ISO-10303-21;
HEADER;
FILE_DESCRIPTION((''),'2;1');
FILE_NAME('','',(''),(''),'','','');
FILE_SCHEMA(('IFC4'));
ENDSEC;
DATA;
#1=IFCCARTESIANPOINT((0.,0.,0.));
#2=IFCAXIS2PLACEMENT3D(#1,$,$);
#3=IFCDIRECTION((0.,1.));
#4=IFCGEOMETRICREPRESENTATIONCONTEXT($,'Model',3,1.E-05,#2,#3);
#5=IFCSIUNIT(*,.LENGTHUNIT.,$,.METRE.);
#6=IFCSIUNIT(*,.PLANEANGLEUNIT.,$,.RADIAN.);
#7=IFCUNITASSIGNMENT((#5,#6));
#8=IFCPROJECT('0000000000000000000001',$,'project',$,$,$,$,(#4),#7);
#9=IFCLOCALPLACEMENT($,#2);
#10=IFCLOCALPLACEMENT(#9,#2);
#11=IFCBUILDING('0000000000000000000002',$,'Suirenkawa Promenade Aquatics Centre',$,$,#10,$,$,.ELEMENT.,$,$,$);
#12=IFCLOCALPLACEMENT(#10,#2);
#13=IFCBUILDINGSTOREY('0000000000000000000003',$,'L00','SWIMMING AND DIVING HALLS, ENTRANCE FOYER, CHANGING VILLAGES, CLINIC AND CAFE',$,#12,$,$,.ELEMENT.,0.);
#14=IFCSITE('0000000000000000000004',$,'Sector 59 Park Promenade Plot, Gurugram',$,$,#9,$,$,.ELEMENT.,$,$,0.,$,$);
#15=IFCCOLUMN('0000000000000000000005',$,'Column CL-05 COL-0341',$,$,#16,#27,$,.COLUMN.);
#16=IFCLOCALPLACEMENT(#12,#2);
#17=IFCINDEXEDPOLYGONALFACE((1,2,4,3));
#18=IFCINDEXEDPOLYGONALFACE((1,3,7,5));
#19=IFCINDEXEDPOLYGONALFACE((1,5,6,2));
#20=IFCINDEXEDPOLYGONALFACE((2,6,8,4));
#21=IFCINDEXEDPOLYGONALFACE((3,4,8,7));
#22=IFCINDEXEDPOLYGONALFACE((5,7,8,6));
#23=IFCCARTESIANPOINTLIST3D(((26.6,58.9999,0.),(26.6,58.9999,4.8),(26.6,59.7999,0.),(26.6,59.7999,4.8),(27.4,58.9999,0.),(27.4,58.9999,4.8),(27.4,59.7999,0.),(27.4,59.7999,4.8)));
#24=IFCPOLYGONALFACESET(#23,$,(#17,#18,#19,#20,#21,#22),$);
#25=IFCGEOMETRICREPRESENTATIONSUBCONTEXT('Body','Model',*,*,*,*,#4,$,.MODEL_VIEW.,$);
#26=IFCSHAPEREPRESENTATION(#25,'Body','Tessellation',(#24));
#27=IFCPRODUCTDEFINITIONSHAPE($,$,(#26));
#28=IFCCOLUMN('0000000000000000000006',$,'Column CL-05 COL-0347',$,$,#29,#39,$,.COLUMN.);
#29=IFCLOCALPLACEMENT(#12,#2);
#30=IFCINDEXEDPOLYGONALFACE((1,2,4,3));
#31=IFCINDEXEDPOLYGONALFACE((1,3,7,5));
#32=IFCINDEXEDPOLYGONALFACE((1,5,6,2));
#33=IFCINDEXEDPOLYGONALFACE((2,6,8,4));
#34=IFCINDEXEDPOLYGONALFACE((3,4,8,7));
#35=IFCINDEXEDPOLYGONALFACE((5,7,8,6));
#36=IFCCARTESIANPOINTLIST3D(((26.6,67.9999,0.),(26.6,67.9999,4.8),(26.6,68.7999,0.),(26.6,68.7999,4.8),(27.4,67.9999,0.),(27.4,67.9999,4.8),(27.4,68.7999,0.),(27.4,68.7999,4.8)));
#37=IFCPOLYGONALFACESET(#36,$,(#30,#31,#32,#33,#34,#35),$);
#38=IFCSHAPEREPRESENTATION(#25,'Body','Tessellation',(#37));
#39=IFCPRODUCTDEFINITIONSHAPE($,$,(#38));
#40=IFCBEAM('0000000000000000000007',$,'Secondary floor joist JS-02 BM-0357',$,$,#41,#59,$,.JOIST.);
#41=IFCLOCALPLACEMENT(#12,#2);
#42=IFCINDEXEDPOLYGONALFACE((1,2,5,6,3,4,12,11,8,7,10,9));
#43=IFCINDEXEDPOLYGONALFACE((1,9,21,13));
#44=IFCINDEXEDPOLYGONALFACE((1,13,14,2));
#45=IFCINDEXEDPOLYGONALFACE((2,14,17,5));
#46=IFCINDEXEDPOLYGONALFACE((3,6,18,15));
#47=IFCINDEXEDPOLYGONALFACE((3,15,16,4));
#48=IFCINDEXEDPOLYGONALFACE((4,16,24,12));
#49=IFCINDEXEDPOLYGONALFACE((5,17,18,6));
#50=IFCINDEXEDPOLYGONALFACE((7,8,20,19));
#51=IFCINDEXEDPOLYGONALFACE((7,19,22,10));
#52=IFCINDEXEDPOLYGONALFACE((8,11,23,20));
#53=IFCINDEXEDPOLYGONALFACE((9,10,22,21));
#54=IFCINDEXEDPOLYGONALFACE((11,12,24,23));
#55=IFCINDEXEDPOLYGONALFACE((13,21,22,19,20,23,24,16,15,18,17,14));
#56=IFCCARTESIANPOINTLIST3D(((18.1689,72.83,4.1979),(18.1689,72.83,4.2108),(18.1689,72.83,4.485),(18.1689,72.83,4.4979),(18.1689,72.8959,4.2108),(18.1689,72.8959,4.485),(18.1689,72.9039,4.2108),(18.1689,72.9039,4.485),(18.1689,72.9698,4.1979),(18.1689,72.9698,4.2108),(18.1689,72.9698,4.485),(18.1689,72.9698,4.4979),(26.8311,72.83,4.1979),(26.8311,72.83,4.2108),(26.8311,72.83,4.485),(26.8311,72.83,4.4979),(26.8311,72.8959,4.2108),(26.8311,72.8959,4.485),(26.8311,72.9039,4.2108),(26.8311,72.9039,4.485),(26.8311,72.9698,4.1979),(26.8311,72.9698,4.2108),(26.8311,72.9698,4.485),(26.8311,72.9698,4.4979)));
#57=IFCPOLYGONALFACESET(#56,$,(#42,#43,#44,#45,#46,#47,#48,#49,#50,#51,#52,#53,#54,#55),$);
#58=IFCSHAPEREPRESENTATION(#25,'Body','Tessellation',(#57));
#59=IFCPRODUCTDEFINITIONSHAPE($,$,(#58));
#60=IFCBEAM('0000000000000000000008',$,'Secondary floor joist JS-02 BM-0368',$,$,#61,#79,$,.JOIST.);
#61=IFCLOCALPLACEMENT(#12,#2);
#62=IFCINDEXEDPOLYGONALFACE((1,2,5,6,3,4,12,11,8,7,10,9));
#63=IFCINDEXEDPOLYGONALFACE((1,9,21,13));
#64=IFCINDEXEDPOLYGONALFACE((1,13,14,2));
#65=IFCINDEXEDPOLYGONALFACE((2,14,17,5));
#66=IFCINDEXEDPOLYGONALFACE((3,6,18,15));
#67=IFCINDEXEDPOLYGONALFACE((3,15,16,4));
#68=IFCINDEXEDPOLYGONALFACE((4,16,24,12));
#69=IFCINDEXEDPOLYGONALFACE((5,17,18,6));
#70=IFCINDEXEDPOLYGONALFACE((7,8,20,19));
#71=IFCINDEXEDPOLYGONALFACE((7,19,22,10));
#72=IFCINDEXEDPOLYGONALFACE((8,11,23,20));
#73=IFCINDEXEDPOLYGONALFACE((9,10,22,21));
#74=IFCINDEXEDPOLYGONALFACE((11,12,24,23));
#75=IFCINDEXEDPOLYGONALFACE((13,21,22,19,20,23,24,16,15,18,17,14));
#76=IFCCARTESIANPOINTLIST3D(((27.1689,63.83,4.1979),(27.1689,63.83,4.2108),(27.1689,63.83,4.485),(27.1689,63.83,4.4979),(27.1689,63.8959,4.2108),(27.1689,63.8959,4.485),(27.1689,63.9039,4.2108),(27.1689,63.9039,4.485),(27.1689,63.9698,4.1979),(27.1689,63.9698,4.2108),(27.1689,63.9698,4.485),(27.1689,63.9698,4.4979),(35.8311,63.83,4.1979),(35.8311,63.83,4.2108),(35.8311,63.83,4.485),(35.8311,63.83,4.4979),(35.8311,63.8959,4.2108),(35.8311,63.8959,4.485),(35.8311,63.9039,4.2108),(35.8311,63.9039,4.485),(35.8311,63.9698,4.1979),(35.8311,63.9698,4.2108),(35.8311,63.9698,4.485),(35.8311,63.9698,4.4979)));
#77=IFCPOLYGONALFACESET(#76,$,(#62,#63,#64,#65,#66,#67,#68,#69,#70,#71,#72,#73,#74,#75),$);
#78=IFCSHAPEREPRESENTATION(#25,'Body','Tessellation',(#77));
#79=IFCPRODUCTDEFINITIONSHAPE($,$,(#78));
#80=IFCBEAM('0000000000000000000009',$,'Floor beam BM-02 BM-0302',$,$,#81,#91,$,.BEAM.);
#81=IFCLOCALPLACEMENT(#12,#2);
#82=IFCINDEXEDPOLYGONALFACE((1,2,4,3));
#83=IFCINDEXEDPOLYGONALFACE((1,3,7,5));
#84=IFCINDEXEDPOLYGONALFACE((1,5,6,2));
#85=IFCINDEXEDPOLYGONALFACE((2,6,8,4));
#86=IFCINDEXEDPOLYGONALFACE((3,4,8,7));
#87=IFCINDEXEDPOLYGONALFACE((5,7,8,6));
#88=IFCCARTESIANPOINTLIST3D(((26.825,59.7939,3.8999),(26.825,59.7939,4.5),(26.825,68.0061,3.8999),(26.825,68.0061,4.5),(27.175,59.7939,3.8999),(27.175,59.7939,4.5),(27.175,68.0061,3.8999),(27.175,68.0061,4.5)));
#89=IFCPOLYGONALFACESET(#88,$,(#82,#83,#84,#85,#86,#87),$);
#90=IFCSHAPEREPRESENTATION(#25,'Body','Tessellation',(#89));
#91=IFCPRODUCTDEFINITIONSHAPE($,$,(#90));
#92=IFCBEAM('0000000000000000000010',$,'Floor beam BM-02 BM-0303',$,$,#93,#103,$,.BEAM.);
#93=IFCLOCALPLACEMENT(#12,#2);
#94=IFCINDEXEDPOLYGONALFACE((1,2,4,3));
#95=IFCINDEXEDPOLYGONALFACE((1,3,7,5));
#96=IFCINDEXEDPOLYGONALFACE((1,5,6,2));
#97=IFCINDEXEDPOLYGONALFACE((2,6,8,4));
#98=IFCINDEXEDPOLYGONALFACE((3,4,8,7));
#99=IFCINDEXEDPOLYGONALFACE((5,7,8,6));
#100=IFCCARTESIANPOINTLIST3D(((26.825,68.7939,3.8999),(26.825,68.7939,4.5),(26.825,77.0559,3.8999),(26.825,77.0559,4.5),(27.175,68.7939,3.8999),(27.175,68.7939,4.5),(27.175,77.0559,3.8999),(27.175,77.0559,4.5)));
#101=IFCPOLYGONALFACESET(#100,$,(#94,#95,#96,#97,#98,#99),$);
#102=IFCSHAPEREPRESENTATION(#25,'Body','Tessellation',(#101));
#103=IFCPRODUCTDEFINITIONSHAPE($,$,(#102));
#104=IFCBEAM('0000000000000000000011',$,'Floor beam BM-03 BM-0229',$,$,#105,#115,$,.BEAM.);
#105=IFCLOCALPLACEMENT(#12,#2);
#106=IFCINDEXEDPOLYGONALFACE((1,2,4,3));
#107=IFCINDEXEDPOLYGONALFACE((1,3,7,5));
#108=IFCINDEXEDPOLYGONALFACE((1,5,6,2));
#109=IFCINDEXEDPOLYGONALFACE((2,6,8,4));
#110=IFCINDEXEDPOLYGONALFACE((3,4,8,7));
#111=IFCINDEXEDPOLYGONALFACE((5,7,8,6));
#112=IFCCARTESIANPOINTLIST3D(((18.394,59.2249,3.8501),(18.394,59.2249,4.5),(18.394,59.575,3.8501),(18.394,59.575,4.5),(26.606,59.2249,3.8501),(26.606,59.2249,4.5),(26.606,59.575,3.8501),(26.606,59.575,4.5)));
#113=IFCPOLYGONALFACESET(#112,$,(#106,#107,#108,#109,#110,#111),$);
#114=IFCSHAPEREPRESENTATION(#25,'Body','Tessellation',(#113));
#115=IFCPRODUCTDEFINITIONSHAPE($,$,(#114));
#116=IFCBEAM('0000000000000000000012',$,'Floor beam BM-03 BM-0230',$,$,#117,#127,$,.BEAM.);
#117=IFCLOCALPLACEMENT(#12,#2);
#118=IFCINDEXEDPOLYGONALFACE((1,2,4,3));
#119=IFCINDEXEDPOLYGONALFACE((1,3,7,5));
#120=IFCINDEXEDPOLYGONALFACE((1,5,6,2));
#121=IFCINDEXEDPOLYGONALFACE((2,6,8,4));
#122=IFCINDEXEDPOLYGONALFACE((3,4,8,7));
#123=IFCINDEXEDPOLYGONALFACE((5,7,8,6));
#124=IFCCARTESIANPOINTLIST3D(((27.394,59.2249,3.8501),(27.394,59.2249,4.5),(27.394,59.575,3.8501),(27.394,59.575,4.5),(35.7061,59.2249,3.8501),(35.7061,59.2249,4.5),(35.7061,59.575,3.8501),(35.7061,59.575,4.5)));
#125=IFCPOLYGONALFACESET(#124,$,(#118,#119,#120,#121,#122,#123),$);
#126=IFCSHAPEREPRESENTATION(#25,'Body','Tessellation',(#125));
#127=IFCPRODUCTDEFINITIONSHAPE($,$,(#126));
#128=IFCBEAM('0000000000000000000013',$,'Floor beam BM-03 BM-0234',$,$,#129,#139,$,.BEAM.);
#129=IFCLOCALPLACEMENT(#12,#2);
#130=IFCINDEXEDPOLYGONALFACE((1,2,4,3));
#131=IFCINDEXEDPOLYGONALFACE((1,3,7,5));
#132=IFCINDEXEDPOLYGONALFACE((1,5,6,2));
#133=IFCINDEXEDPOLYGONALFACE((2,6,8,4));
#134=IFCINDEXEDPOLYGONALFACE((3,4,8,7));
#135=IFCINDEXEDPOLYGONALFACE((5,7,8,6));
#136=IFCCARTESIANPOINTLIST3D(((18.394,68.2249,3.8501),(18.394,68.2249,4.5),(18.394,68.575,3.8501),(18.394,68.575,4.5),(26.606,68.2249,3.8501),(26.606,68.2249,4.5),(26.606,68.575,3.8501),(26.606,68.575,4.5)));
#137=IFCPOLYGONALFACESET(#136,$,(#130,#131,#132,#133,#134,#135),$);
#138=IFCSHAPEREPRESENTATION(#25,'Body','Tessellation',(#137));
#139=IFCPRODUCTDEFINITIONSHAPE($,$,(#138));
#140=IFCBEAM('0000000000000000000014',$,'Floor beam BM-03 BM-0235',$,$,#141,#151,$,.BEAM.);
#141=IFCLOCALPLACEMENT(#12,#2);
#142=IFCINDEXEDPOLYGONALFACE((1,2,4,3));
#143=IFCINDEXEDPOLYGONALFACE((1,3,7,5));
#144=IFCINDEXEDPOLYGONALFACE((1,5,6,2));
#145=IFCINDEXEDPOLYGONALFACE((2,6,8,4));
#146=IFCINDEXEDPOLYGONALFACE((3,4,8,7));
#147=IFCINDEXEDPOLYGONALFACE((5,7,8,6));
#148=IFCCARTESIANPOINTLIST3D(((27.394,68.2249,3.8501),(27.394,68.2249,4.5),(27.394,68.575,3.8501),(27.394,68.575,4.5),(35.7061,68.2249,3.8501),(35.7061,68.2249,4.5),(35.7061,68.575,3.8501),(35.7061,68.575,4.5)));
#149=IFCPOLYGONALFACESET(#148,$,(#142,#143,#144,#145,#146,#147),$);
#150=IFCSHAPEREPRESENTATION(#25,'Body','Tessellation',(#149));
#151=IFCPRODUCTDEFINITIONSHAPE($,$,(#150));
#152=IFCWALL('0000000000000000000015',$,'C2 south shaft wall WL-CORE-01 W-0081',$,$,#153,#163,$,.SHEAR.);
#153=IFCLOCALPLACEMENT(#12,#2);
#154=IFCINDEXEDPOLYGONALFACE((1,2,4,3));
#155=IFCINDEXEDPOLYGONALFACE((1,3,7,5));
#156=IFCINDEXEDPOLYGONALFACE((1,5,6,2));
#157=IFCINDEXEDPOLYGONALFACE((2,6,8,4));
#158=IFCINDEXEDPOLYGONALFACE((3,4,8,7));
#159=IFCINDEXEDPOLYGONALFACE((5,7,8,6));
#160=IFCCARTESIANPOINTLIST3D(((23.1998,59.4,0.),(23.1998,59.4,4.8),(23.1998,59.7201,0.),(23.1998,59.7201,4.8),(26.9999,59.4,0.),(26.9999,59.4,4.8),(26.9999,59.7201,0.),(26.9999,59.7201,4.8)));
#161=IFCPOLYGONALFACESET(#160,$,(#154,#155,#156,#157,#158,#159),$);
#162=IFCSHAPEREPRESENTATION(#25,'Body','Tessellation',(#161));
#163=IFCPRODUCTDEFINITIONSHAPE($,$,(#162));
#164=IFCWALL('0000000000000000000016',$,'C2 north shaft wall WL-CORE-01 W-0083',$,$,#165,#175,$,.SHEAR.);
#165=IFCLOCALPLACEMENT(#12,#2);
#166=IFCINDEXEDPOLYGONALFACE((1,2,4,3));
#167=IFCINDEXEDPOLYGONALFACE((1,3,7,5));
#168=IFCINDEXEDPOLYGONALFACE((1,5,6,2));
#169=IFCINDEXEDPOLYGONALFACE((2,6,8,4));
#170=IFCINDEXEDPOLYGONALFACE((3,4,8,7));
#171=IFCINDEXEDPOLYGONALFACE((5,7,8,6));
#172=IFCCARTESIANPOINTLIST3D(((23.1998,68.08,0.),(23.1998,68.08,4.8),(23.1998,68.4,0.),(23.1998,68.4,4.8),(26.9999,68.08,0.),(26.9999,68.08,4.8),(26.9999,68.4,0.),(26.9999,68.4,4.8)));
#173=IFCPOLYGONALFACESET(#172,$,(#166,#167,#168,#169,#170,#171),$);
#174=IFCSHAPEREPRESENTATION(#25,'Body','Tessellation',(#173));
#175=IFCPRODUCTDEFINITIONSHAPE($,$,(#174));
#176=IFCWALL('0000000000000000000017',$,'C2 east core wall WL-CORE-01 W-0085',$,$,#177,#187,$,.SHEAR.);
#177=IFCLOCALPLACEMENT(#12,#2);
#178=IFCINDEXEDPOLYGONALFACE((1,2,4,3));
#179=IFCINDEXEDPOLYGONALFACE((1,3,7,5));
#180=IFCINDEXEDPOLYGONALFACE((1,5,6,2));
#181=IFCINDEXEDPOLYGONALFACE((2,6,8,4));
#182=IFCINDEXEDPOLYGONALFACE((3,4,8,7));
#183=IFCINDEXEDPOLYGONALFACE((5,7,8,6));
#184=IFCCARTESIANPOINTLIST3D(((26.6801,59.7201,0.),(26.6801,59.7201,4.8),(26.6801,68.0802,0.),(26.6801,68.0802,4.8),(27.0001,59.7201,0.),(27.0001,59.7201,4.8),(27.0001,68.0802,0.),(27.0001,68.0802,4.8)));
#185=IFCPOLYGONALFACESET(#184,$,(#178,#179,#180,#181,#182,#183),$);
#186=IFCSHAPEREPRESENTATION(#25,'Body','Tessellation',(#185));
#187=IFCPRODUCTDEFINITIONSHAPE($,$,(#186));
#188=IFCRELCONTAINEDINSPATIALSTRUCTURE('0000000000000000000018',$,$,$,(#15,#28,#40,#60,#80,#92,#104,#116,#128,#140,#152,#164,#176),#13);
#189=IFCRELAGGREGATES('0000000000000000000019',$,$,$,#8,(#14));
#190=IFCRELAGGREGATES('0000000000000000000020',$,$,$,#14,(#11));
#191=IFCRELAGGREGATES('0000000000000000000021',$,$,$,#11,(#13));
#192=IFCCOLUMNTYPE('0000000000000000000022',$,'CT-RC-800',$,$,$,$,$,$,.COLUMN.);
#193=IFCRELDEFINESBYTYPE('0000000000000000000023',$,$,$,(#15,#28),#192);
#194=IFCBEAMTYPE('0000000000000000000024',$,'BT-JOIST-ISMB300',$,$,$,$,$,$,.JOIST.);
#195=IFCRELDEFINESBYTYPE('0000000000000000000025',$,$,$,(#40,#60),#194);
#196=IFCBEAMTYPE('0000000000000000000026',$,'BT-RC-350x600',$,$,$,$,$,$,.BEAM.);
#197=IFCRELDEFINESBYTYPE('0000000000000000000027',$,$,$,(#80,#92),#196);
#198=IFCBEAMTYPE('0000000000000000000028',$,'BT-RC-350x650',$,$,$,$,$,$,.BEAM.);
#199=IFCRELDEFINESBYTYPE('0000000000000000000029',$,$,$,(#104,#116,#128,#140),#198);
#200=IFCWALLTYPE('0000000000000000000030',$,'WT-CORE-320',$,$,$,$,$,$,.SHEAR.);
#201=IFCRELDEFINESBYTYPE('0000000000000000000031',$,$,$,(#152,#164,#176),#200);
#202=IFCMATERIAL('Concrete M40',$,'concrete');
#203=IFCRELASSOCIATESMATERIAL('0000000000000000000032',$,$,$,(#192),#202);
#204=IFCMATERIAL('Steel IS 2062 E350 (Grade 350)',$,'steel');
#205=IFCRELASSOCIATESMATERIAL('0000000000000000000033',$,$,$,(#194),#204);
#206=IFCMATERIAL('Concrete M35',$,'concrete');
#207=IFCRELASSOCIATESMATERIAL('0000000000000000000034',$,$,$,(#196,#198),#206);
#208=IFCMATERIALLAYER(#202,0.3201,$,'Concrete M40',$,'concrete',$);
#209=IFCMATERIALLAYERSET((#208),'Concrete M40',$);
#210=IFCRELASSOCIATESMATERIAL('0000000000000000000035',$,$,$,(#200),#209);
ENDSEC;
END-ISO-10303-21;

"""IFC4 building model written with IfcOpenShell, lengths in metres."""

from ifc_helpers import new_model, si_unit, direction, frame, frame_2d, origin, origin_2d, place, context, subcontext, project, spatial, rectangle, i_section, extrude, material, layer, layer_set, material_profile, profile_set, type_object, element, save


model = new_model("IFC4")

# Units and contexts
model_context = context("Model", 3, precision=1e-05, world=origin(), true_north=direction((0.0, 1.0)))
body_context = subcontext(model_context, "Body", "Model", "MODEL_VIEW")
ifc_project = project(units=[si_unit("LENGTHUNIT", "METRE"), si_unit("PLANEANGLEUNIT", "RADIAN")], contexts=[model_context])

# Site, building, storey
site_placement = place(None, origin())
site = spatial("IfcSite", under=ifc_project, at=site_placement, Name="Sector 59 Park Promenade Plot, Gurugram", CompositionType="ELEMENT", RefElevation=0.0)
building_placement = place(site_placement, origin())
building = spatial("IfcBuilding", under=site, at=building_placement, Name="Suirenkawa Promenade Aquatics Centre", CompositionType="ELEMENT")
storey_placement = place(building_placement, origin())
storey = spatial("IfcBuildingStorey", under=building, at=storey_placement, Name="L00", Description="SWIMMING AND DIVING HALLS, ENTRANCE FOYER, CHANGING VILLAGES, CLINIC AND CAFE", CompositionType="ELEMENT", Elevation=0.0)

# Columns
ifc_material_1 = material(Name="Concrete M40", Category="concrete")
ifc_material_profile_1 = material_profile(ifc_material_1, rectangle(XDim=0.8, YDim=0.8, at=origin_2d()), Name="RC COL 800x800", Category="concrete")
ifc_profile_set_1 = profile_set([ifc_material_profile_1], Name="Concrete M40")
column_type = type_object("IfcColumnType", Name="CT-RC-800", PredefinedType="COLUMN", material=ifc_profile_set_1)
for number, where, z_axis, x_axis, name in (
    (1, (27.0, 59.3999, 0.0), (0.0, 0.0, 1.0), (1.0, 0.0, 0.0), "Column CL-05 COL-0341"),
    (2, (27.0, 68.3999, 0.0), (0.0, 0.0, 1.0), (1.0, 0.0, 0.0), "Column CL-05 COL-0347"),
):
    element("IfcColumn", number, at=place(storey_placement, frame(where, z_axis=z_axis, x_axis=x_axis)), inside=storey, type_object=column_type, Name=name, PredefinedType="COLUMN", context=body_context, shape_type="SweptSolid", body=[
        extrude(rectangle(XDim=0.8, YDim=0.8, at=origin_2d()), origin(), (0.0, 0.0, 1.0), 4.8),
    ])

# Beams
ifc_material_2 = material(Name="Steel IS 2062 E350 (Grade 350)", Category="steel")
ifc_material_profile_2 = material_profile(ifc_material_2, i_section(OverallWidth=0.1399, OverallDepth=0.3, WebThickness=0.0081, FlangeThickness=0.0129, at=origin_2d()), Name="ISMB 300", Category="steel")
ifc_profile_set_2 = profile_set([ifc_material_profile_2], Name="Steel IS 2062 E350 (Grade 350)")
beam_type_1 = type_object("IfcBeamType", Name="BT-JOIST-ISMB300", PredefinedType="JOIST", material=ifc_profile_set_2)
for number, where, z_axis, x_axis, name in (
    (3, (18.1689, 72.8999, 4.3479), (1.0, 0.0, 0.0), (0.0, 1.0, 0.0), "Secondary floor joist JS-02 BM-0357"),
    (4, (27.1689, 63.8999, 4.3479), (1.0, 0.0, 0.0), (0.0, 1.0, 0.0), "Secondary floor joist JS-02 BM-0368"),
):
    element("IfcBeam", number, at=place(storey_placement, frame(where, z_axis=z_axis, x_axis=x_axis)), inside=storey, type_object=beam_type_1, Name=name, PredefinedType="JOIST", context=body_context, shape_type="SweptSolid", body=[
        extrude(i_section(OverallWidth=0.1399, OverallDepth=0.3, WebThickness=0.0081, FlangeThickness=0.0129, at=origin_2d()), origin(), (0.0, 0.0, 1.0), 8.6621),
    ])
ifc_material_3 = material(Name="Concrete M35", Category="concrete")
ifc_material_profile_3 = material_profile(ifc_material_3, rectangle(XDim=0.3501, YDim=0.6001, at=origin_2d()), Name="RC BM 350x600", Category="concrete")
ifc_profile_set_3 = profile_set([ifc_material_profile_3], Name="Concrete M35")
beam_type_2 = type_object("IfcBeamType", Name="BT-RC-350x600", PredefinedType="BEAM", material=ifc_profile_set_3)
beam_1_placement = place(storey_placement, frame((27.0, 59.7939, 4.2), z_axis=(0.0, 1.0, 0.0), x_axis=(-1.0, 0.0, 0.0)))
element("IfcBeam", 5, at=beam_1_placement, inside=storey, type_object=beam_type_2, Name="Floor beam BM-02 BM-0302", PredefinedType="BEAM", context=body_context, shape_type="SweptSolid", body=[
    extrude(rectangle(XDim=0.3501, YDim=0.6001, at=origin_2d()), origin(), (0.0, 0.0, 1.0), 8.2122),
])
beam_2_placement = place(storey_placement, frame((27.0, 68.7939, 4.2), z_axis=(0.0, 1.0, 0.0), x_axis=(-1.0, 0.0, 0.0)))
element("IfcBeam", 6, at=beam_2_placement, inside=storey, type_object=beam_type_2, Name="Floor beam BM-02 BM-0303", PredefinedType="BEAM", context=body_context, shape_type="SweptSolid", body=[
    extrude(rectangle(XDim=0.3501, YDim=0.6001, at=origin_2d()), origin(), (0.0, 0.0, 1.0), 8.262),
])
ifc_material_profile_4 = material_profile(ifc_material_3, rectangle(XDim=0.3501, YDim=0.6499, at=origin_2d()), Name="RC BM 350x650", Category="concrete")
ifc_profile_set_4 = profile_set([ifc_material_profile_4], Name="Concrete M35")
beam_type_3 = type_object("IfcBeamType", Name="BT-RC-350x650", PredefinedType="BEAM", material=ifc_profile_set_4)
beam_3_placement = place(storey_placement, frame((18.394, 59.3999, 4.175), z_axis=(1.0, 0.0, 0.0), x_axis=(0.0, 1.0, 0.0)))
element("IfcBeam", 7, at=beam_3_placement, inside=storey, type_object=beam_type_3, Name="Floor beam BM-03 BM-0229", PredefinedType="BEAM", context=body_context, shape_type="SweptSolid", body=[
    extrude(rectangle(XDim=0.3501, YDim=0.6499, at=origin_2d()), origin(), (0.0, 0.0, 1.0), 8.2119),
])
beam_4_placement = place(storey_placement, frame((27.394, 59.3999, 4.175), z_axis=(1.0, 0.0, 0.0), x_axis=(0.0, 1.0, 0.0)))
element("IfcBeam", 8, at=beam_4_placement, inside=storey, type_object=beam_type_3, Name="Floor beam BM-03 BM-0230", PredefinedType="BEAM", context=body_context, shape_type="SweptSolid", body=[
    extrude(rectangle(XDim=0.3501, YDim=0.6499, at=origin_2d()), origin(), (0.0, 0.0, 1.0), 8.312),
])
beam_5_placement = place(storey_placement, frame((18.394, 68.3999, 4.175), z_axis=(1.0, 0.0, 0.0), x_axis=(0.0, 1.0, 0.0)))
element("IfcBeam", 9, at=beam_5_placement, inside=storey, type_object=beam_type_3, Name="Floor beam BM-03 BM-0234", PredefinedType="BEAM", context=body_context, shape_type="SweptSolid", body=[
    extrude(rectangle(XDim=0.3501, YDim=0.6499, at=origin_2d()), origin(), (0.0, 0.0, 1.0), 8.2119),
])
beam_6_placement = place(storey_placement, frame((27.394, 68.3999, 4.175), z_axis=(1.0, 0.0, 0.0), x_axis=(0.0, 1.0, 0.0)))
element("IfcBeam", 10, at=beam_6_placement, inside=storey, type_object=beam_type_3, Name="Floor beam BM-03 BM-0235", PredefinedType="BEAM", context=body_context, shape_type="SweptSolid", body=[
    extrude(rectangle(XDim=0.3501, YDim=0.6499, at=origin_2d()), origin(), (0.0, 0.0, 1.0), 8.312),
])

# Walls
ifc_layer_1 = layer(ifc_material_1, 0.3201, Name="Concrete M40", Category="concrete")
ifc_layer_set_1 = layer_set([ifc_layer_1], Name="Concrete M40")
wall_type_1 = type_object("IfcWallType", Name="WT-CORE-320", PredefinedType="SHEAR", material=ifc_layer_set_1)
for number, where, z_axis, x_axis, name in (
    (11, (23.2, 59.5601, 0.0), (0.0, 0.0, 1.0), (1.0, 0.0, 0.0), "C2 south shaft wall WL-CORE-01 W-0081"),
    (12, (23.2, 68.24, 0.0), (0.0, 0.0, 1.0), (1.0, 0.0, 0.0), "C2 north shaft wall WL-CORE-01 W-0083"),
):
    element("IfcWall", number, at=place(storey_placement, frame(where, z_axis=z_axis, x_axis=x_axis)), inside=storey, type_object=wall_type_1, Name=name, PredefinedType="SHEAR", context=body_context, shape_type="SweptSolid", body=[
        extrude(rectangle(XDim=3.8, YDim=0.3201, at=frame_2d((1.8999, 0.0))), origin(), (0.0, 0.0, 1.0), 4.8),
    ])
wall_1_placement = place(storey_placement, frame((26.8401, 59.72, 0.0), z_axis=(0.0, 0.0, 1.0), x_axis=(0.0, 1.0, 0.0)))
element("IfcWall", 13, at=wall_1_placement, inside=storey, type_object=wall_type_1, Name="C2 east core wall WL-CORE-01 W-0085", PredefinedType="SHEAR", context=body_context, shape_type="SweptSolid", body=[
    extrude(rectangle(XDim=8.3601, YDim=0.3201, at=frame_2d((4.1802, 0.0))), origin(), (0.0, 0.0, 1.0), 4.8),
])

save(model, "model.ifc")
